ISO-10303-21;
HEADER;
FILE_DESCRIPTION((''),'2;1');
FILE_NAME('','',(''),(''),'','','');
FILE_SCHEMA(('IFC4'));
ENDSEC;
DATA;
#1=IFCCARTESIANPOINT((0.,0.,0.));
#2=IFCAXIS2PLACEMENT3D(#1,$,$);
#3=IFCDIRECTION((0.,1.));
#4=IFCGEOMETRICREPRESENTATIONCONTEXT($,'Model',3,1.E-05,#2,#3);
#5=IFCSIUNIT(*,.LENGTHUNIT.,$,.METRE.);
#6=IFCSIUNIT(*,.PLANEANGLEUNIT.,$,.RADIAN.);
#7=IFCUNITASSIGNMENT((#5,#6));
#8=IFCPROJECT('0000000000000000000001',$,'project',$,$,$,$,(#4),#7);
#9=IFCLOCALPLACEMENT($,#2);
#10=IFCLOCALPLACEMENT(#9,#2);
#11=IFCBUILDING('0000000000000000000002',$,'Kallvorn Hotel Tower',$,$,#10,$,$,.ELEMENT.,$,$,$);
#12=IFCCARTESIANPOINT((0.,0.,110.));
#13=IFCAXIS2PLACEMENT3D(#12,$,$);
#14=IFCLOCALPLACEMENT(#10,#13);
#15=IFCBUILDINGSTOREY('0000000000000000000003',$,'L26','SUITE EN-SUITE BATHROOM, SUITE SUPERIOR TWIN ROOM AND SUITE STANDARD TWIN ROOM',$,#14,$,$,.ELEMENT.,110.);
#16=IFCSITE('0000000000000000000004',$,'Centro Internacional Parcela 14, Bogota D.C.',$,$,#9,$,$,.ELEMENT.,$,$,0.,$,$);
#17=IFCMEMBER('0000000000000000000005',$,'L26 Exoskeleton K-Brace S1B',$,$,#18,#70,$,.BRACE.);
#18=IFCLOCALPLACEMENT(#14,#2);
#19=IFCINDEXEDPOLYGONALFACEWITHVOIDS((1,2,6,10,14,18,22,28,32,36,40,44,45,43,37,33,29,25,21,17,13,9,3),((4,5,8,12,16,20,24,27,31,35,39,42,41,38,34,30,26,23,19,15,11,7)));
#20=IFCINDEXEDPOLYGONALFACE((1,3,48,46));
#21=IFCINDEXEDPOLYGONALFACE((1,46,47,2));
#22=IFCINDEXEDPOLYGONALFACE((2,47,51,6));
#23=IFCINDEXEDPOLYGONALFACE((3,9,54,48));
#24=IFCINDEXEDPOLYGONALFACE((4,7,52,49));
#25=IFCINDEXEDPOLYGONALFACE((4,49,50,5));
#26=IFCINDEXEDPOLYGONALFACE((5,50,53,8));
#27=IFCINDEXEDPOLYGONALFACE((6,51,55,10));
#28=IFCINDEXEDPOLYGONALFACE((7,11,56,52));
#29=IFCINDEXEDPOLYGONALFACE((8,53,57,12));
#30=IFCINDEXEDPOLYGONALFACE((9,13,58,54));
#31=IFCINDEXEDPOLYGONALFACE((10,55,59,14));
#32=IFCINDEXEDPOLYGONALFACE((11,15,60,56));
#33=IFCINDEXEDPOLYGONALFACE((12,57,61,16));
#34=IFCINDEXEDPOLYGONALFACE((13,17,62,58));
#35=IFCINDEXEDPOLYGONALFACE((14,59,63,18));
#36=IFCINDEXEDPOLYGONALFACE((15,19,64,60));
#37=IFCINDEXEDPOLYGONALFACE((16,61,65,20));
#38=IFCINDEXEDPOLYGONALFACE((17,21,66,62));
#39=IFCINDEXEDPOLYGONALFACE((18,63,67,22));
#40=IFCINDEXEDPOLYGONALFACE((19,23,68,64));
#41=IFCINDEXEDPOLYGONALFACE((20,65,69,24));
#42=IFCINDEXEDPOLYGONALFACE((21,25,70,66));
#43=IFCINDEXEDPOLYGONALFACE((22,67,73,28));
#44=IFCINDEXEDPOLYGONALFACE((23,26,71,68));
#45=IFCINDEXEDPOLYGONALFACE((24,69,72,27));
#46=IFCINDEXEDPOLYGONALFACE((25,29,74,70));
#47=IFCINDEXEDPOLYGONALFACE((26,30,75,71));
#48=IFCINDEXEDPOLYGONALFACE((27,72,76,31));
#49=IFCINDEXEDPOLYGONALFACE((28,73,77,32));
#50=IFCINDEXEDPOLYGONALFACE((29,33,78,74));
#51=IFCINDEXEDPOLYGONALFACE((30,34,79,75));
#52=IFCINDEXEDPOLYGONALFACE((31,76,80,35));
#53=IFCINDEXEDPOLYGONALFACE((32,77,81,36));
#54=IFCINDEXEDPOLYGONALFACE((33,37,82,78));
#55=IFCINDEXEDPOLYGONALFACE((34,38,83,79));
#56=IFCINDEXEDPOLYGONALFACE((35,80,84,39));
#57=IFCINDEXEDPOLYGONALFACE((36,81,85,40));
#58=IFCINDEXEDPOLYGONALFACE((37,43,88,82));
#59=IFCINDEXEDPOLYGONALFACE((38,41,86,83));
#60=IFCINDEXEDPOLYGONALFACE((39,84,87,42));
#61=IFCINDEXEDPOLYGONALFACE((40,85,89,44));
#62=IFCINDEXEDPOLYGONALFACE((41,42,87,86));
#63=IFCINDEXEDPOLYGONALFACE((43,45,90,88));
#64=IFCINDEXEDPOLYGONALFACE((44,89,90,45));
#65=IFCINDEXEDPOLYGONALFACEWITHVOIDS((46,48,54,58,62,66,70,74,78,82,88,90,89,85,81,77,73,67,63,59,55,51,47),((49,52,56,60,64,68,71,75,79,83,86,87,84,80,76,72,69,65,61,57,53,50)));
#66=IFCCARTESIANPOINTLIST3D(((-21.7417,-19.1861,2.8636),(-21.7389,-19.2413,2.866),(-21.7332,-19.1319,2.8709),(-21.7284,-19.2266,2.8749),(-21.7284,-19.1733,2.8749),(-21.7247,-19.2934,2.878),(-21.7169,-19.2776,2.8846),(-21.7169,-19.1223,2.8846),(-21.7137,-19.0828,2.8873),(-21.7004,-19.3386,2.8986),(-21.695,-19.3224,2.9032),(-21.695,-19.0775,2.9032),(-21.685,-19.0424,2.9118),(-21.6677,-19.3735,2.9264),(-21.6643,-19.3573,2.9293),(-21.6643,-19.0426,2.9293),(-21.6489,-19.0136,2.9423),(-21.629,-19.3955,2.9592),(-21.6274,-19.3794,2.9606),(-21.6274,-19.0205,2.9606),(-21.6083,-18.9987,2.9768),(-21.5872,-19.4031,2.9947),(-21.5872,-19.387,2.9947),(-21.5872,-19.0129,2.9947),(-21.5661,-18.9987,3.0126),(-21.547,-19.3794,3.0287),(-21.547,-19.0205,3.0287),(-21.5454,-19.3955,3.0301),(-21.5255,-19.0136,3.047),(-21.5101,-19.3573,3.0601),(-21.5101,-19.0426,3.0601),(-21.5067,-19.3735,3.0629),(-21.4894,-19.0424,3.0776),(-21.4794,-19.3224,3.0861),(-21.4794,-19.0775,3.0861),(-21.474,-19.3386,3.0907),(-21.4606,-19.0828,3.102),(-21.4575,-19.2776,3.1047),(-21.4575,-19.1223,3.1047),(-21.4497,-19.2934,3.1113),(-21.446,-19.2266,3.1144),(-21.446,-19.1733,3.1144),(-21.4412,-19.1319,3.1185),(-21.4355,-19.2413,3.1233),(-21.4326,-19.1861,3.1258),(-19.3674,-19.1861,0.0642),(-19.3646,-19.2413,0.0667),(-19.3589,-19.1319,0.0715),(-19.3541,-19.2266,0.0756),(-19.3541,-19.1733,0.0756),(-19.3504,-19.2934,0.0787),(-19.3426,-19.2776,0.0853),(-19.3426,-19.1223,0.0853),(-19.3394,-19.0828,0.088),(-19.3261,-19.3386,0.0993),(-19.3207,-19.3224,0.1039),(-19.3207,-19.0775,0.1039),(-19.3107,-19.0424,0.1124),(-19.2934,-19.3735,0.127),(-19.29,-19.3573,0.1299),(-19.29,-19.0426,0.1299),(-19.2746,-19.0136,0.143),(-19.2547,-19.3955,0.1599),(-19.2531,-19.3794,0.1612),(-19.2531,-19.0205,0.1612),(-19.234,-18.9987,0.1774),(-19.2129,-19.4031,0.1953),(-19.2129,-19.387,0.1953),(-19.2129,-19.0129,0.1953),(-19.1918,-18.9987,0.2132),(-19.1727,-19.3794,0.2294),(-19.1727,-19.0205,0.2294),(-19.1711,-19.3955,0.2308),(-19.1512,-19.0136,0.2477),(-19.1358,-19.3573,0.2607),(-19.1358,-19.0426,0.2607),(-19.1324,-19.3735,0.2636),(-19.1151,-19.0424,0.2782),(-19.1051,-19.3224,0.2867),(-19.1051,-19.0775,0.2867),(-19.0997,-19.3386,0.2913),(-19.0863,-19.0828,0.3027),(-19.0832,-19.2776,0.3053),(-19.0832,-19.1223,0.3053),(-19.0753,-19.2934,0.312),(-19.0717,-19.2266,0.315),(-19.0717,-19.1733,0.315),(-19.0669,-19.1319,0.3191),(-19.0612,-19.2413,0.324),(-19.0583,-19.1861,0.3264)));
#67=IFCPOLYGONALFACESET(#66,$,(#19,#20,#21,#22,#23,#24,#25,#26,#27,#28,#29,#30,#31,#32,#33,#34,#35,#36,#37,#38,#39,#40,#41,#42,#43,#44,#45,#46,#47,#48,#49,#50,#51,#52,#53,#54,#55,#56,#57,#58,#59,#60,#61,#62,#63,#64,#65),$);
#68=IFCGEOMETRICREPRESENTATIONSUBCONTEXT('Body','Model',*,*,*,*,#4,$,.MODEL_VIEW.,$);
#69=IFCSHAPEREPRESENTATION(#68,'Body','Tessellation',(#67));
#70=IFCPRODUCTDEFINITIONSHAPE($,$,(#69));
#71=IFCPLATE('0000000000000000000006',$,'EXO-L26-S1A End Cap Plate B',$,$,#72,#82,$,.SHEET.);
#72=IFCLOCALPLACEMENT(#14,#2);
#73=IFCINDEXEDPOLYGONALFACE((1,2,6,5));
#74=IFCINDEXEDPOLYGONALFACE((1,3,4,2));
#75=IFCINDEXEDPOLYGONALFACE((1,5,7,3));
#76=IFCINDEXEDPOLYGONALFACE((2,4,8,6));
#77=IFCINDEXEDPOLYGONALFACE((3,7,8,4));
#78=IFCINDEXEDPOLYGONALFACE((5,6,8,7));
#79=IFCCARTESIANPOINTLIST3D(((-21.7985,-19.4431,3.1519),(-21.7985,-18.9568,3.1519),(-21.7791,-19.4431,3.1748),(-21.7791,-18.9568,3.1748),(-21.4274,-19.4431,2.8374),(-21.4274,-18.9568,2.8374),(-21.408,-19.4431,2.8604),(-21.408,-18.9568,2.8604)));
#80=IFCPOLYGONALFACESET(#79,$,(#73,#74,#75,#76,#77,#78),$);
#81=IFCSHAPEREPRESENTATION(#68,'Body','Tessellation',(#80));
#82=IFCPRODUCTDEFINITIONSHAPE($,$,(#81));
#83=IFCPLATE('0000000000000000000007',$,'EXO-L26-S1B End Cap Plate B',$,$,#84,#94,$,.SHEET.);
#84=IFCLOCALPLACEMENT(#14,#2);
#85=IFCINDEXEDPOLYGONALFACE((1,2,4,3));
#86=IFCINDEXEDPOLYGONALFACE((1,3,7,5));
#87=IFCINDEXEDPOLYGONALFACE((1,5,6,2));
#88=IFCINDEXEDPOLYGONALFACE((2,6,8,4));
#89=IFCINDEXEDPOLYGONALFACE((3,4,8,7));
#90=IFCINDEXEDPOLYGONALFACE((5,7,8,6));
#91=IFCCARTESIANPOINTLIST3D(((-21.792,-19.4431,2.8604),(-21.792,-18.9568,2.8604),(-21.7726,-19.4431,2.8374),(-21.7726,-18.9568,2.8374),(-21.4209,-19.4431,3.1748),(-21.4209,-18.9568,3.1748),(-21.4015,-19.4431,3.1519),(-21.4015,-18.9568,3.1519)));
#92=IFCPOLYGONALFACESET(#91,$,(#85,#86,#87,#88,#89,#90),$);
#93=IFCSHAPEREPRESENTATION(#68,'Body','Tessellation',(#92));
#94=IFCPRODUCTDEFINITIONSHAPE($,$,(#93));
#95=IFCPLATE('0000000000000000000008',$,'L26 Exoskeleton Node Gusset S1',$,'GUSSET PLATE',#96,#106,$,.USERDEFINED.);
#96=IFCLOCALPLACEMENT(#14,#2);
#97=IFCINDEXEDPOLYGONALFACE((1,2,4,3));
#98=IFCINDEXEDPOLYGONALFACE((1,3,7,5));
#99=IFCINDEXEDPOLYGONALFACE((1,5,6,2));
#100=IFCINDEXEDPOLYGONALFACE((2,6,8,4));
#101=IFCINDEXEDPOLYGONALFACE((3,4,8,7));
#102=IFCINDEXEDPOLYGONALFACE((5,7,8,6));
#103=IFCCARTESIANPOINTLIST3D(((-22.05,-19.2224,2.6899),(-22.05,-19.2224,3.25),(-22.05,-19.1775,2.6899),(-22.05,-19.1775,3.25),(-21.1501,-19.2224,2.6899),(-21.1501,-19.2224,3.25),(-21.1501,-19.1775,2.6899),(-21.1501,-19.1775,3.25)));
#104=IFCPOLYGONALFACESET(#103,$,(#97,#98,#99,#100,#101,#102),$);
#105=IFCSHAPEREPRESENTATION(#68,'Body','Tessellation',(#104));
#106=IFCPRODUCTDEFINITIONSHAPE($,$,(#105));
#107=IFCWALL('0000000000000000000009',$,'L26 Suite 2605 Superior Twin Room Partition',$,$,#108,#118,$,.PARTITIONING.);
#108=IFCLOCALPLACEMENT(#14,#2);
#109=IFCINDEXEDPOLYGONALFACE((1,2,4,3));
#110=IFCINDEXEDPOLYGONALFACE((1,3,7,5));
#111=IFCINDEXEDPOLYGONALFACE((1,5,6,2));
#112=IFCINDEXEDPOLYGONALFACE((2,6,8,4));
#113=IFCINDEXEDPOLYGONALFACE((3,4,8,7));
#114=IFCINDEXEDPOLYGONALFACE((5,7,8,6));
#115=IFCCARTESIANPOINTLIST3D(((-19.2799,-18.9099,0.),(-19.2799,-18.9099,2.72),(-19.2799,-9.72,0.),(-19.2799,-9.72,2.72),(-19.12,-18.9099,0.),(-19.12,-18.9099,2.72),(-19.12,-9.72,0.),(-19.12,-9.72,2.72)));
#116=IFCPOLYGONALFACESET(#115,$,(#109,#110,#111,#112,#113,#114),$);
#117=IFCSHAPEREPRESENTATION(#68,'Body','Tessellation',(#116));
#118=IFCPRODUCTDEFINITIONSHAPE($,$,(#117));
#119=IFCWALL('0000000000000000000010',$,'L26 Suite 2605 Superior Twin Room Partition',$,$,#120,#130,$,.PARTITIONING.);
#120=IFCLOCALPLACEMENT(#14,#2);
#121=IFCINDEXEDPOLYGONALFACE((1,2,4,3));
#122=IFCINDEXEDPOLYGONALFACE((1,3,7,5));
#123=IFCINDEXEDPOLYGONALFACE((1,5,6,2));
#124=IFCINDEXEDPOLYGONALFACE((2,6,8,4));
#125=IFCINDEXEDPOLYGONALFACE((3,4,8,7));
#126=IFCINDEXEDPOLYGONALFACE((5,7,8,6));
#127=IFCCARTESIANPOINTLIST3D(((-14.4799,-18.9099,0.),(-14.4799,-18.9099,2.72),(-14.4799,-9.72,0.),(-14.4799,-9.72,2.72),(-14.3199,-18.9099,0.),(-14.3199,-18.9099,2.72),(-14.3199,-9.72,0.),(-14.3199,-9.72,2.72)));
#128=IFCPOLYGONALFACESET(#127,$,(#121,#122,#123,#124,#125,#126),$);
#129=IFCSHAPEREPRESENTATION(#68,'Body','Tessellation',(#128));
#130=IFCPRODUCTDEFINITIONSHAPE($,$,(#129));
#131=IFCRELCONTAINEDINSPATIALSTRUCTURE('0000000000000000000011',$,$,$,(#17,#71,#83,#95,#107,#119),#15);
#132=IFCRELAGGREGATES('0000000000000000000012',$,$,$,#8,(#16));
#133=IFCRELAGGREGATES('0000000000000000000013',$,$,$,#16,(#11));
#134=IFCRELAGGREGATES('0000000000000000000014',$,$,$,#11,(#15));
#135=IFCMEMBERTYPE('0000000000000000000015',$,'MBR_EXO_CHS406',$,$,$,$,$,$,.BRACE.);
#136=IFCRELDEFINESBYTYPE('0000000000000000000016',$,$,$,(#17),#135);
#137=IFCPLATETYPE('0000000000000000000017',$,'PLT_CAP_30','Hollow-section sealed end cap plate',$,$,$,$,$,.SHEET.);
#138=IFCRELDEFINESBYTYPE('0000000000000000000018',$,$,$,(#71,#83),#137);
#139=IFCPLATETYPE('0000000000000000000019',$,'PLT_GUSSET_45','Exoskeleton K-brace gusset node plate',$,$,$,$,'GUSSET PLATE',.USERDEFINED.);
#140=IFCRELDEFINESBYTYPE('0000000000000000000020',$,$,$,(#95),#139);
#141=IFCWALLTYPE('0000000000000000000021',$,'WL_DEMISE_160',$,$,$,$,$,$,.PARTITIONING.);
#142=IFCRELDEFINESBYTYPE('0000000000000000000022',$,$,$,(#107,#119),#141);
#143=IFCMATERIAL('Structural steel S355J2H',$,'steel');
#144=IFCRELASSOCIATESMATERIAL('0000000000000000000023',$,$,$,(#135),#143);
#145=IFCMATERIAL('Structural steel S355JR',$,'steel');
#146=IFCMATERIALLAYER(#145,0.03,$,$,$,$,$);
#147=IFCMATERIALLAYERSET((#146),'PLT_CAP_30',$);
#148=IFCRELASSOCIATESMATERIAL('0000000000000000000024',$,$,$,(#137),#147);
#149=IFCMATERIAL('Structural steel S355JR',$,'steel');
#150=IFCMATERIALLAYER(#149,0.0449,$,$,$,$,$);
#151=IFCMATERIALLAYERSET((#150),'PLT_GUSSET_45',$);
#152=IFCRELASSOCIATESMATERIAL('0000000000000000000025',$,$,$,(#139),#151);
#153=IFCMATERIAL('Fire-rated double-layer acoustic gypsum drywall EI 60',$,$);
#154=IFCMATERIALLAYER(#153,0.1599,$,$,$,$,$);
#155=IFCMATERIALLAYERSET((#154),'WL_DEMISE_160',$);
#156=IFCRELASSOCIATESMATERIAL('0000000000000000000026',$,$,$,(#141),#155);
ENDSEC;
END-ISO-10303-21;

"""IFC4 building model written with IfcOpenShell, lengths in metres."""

from ifc_helpers import new_model, si_unit, direction, frame, frame_2d, origin, origin_2d, place, context, subcontext, project, spatial, polyline, rectangle, hollow_circle, outline, extrude, material, layer, layer_set, material_profile, profile_set, type_object, element, save


model = new_model("IFC4")

# Units and contexts
model_context = context("Model", 3, precision=1e-05, world=origin(), true_north=direction((0.0, 1.0)))
body_context = subcontext(model_context, "Body", "Model", "MODEL_VIEW")
ifc_project = project(units=[si_unit("LENGTHUNIT", "METRE"), si_unit("PLANEANGLEUNIT", "RADIAN")], contexts=[model_context])

# Site, building, storey
site_placement = place(None, origin())
site = spatial("IfcSite", under=ifc_project, at=site_placement, Name="Centro Internacional Parcela 14, Bogota D.C.", CompositionType="ELEMENT", RefElevation=0.0)
building_placement = place(site_placement, origin())
building = spatial("IfcBuilding", under=site, at=building_placement, Name="Kallvorn Hotel Tower", CompositionType="ELEMENT")
storey_placement = place(building_placement, frame((0.0, 0.0, 110.0)))
storey = spatial("IfcBuildingStorey", under=building, at=storey_placement, Name="L26", Description="SUITE EN-SUITE BATHROOM, SUITE SUPERIOR TWIN ROOM AND SUITE STANDARD TWIN ROOM", CompositionType="ELEMENT", Elevation=110.0)

# Member
ifc_material_1 = material(Name="Structural steel S355J2H", Category="steel")
ifc_material_profile_1 = material_profile(ifc_material_1, hollow_circle(Radius=0.2031, WallThickness=0.0161, at=origin_2d()), Name="CHS 406.4x16")
ifc_profile_set_1 = profile_set([ifc_material_profile_1], Name="Structural steel S355J2H")
member_type = type_object("IfcMemberType", Name="MBR_EXO_CHS406", PredefinedType="BRACE", material=ifc_profile_set_1)
member_placement = place(storey_placement, frame((-19.2129, -19.2, 0.1953), z_axis=(-0.646833, 0.0, 0.762631), x_axis=(0.0, -1.0, 0.0)))
element("IfcMember", 1, at=member_placement, inside=storey, type_object=member_type, Name="L26 Exoskeleton K-Brace S1B", PredefinedType="BRACE", context=body_context, shape_type="SweptSolid", body=[
    extrude(hollow_circle(Radius=0.2031, WallThickness=0.0161, at=origin_2d()), origin(), (0.0, 0.0, 1.0), 3.6707),
])

# Plates
ifc_material_2 = material(Name="Structural steel S355JR", Category="steel")
ifc_layer_1 = layer(ifc_material_2, 0.03)
ifc_layer_set_1 = layer_set([ifc_layer_1], Name="PLT_CAP_30")
plate_type_1 = type_object("IfcPlateType", Name="PLT_CAP_30", Description="Hollow-section sealed end cap plate", PredefinedType="SHEET", material=ifc_layer_set_1)
for number, where, z_axis, x_axis, name in (
    (2, (-21.408, -19.4431, 2.8604), (0.646482, 0.0, 0.762929), (0.0, 1.0, 0.0), "EXO-L26-S1A End Cap Plate B"),
    (3, (-21.792, -18.9568, 2.8604), (-0.646482, 0.0, 0.762929), (0.0, -1.0, 0.0), "EXO-L26-S1B End Cap Plate B"),
):
    element("IfcPlate", number, at=place(storey_placement, frame(where, z_axis=z_axis, x_axis=x_axis)), inside=storey, type_object=plate_type_1, Name=name, PredefinedType="SHEET", context=body_context, shape_type="SweptSolid", body=[
        extrude(outline(polyline([(0.0, 0.0), (0.4863, 0.0), (0.4863, 0.4864), (0.0, 0.4864), (0.0, 0.0)])), origin(), (0.0, 0.0, -1.0), 0.03),
    ])
ifc_material_3 = material(Name="Structural steel S355JR", Category="steel")
ifc_layer_2 = layer(ifc_material_3, 0.0449)
ifc_layer_set_2 = layer_set([ifc_layer_2], Name="PLT_GUSSET_45")
plate_type_2 = type_object("IfcPlateType", Name="PLT_GUSSET_45", Description="Exoskeleton K-brace gusset node plate", ElementType="GUSSET PLATE", PredefinedType="USERDEFINED", material=ifc_layer_set_2)
plate_placement = place(storey_placement, frame((-21.6001, -19.2, 2.6899), z_axis=(0.0, 0.0, 1.0), x_axis=(1.0, 0.0, 0.0)))
element("IfcPlate", 4, at=plate_placement, inside=storey, type_object=plate_type_2, Name="L26 Exoskeleton Node Gusset S1", ObjectType="GUSSET PLATE", PredefinedType="USERDEFINED", context=body_context, shape_type="SweptSolid", body=[
    extrude(rectangle(XDim=0.8999, YDim=0.0449, at=origin_2d()), origin(), (0.0, 0.0, 1.0), 0.5601),
])

# Walls
ifc_material_4 = material(Name="Fire-rated double-layer acoustic gypsum drywall EI 60")
ifc_layer_3 = layer(ifc_material_4, 0.1599)
ifc_layer_set_3 = layer_set([ifc_layer_3], Name="WL_DEMISE_160")
wall_type = type_object("IfcWallType", Name="WL_DEMISE_160", PredefinedType="PARTITIONING", material=ifc_layer_set_3)
for number, where, z_axis, x_axis, name in (
    (5, (-19.2, -18.9099, 0.0), (0.0, 0.0, 1.0), (0.0, 1.0, 0.0), "L26 Suite 2605 Superior Twin Room Partition"),
    (6, (-14.3999, -18.9099, 0.0), (0.0, 0.0, 1.0), (0.0, 1.0, 0.0), "L26 Suite 2605 Superior Twin Room Partition"),
):
    element("IfcWall", number, at=place(storey_placement, frame(where, z_axis=z_axis, x_axis=x_axis)), inside=storey, type_object=wall_type, Name=name, PredefinedType="PARTITIONING", context=body_context, shape_type="SweptSolid", body=[
        extrude(rectangle(XDim=9.1899, YDim=0.1599, at=frame_2d((4.595, 0.0))), origin(), (0.0, 0.0, 1.0), 2.72),
    ])

save(model, "model.ifc")
